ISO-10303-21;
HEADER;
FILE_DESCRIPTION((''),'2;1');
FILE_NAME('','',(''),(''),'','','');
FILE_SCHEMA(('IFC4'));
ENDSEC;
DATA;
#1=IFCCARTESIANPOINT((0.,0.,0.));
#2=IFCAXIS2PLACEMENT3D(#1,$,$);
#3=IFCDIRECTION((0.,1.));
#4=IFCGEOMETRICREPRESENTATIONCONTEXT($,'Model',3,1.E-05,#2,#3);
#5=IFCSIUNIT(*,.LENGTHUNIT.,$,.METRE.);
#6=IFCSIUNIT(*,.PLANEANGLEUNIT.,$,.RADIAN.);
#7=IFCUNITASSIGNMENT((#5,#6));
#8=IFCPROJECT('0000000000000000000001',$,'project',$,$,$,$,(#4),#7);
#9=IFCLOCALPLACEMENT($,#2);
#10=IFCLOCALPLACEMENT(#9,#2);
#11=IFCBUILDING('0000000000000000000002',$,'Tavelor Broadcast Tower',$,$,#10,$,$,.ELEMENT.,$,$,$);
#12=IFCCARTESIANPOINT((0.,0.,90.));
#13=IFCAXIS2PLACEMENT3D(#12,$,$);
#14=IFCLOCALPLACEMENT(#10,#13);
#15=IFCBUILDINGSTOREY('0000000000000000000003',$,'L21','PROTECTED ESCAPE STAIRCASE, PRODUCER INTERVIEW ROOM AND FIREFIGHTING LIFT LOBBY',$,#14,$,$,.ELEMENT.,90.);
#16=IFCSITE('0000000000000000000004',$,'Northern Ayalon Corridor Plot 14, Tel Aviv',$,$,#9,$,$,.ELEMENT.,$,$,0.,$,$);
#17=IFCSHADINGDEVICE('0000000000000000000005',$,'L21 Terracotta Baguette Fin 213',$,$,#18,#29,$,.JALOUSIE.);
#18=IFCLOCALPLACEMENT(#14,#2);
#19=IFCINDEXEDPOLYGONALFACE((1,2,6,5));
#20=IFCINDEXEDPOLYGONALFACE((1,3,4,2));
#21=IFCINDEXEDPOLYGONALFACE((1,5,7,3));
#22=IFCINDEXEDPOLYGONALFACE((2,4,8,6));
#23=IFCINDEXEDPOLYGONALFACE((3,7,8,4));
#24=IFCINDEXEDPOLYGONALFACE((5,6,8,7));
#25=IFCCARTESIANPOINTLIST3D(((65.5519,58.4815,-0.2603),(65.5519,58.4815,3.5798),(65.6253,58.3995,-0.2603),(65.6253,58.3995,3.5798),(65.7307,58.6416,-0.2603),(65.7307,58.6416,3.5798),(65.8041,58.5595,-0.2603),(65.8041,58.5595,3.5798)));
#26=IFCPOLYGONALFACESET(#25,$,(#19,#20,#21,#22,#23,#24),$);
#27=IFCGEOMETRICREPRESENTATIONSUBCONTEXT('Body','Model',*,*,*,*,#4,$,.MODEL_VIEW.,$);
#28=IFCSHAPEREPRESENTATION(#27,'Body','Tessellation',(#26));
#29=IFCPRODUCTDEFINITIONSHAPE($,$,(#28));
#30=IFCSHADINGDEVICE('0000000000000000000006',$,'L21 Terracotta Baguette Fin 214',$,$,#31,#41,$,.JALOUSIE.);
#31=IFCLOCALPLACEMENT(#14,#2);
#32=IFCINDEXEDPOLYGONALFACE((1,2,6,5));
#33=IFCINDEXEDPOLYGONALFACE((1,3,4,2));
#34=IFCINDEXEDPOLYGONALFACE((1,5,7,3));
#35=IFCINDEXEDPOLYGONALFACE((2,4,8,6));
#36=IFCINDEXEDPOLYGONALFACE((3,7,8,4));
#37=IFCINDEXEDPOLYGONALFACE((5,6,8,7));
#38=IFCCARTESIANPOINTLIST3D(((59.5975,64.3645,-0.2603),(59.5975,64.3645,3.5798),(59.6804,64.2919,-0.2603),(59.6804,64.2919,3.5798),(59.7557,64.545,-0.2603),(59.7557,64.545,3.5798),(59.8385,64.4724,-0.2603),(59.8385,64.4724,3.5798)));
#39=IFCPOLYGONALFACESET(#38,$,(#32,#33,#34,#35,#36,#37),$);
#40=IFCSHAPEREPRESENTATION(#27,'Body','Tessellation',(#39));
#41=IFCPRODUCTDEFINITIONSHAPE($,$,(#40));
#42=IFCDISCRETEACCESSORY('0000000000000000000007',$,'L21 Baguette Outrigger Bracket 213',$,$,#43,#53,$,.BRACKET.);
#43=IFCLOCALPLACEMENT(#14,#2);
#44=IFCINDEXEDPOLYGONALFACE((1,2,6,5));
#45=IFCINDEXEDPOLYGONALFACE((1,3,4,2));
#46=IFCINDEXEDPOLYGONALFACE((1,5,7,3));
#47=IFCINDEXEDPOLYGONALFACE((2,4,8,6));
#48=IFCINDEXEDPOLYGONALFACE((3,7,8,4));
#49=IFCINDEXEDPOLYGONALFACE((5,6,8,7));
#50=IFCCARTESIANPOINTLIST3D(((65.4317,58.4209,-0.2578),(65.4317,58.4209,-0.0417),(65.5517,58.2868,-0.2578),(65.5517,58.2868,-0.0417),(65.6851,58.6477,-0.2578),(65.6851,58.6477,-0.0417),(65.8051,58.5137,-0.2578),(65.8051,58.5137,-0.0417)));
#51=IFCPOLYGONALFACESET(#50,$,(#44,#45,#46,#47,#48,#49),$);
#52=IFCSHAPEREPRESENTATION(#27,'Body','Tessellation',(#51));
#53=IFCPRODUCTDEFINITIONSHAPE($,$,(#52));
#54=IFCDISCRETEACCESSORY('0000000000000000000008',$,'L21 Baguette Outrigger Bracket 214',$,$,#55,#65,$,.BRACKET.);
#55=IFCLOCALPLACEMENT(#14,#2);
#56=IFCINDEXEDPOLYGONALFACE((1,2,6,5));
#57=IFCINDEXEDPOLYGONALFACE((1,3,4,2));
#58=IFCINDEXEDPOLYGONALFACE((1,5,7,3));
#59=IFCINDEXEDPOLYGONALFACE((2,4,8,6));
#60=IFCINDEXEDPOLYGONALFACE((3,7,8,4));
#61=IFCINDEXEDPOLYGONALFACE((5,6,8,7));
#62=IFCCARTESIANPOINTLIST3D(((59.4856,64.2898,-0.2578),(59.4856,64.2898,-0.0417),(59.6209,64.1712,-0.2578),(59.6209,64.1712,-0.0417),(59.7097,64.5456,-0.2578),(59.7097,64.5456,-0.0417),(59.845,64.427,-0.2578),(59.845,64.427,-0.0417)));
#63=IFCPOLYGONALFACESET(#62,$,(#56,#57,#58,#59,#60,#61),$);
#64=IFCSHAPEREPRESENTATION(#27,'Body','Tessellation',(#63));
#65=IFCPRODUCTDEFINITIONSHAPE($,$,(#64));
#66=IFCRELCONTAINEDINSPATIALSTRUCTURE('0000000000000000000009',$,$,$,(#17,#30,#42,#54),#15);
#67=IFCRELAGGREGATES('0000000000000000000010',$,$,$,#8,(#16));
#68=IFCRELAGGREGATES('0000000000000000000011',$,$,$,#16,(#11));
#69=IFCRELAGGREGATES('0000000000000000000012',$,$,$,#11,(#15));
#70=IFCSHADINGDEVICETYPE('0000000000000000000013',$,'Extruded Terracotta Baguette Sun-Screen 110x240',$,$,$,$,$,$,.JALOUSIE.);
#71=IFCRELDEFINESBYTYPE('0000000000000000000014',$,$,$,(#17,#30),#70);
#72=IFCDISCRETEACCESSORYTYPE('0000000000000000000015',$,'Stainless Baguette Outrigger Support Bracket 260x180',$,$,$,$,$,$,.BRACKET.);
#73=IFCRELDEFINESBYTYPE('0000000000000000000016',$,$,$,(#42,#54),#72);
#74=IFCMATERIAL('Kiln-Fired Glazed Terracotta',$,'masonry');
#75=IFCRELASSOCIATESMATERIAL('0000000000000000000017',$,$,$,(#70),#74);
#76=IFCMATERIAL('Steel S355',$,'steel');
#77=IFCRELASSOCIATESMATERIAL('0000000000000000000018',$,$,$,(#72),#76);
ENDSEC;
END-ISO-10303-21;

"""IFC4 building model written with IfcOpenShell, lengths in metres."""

from ifc_helpers import new_model, si_unit, direction, frame, origin, origin_2d, place, context, subcontext, project, spatial, rectangle, extrude, source, transform, mapped, material, type_object, type_shapes, element, save


model = new_model("IFC4")

# Units and contexts
model_context = context("Model", 3, precision=1e-05, world=origin(), true_north=direction((0.0, 1.0)))
body_context = subcontext(model_context, "Body", "Model", "MODEL_VIEW")
ifc_project = project(units=[si_unit("LENGTHUNIT", "METRE"), si_unit("PLANEANGLEUNIT", "RADIAN")], contexts=[model_context])

# Site, building, storey
site_placement = place(None, origin())
site = spatial("IfcSite", under=ifc_project, at=site_placement, Name="Northern Ayalon Corridor Plot 14, Tel Aviv", CompositionType="ELEMENT", RefElevation=0.0)
building_placement = place(site_placement, origin())
building = spatial("IfcBuilding", under=site, at=building_placement, Name="Tavelor Broadcast Tower", CompositionType="ELEMENT")
storey_placement = place(building_placement, frame((0.0, 0.0, 90.0)))
storey = spatial("IfcBuildingStorey", under=building, at=storey_placement, Name="L21", Description="PROTECTED ESCAPE STAIRCASE, PRODUCER INTERVIEW ROOM AND FIREFIGHTING LIFT LOBBY", CompositionType="ELEMENT", Elevation=90.0)

# Shared definitions
ifc_material_1 = material(Name="Steel S355", Category="steel")

# Shading devices
ifc_material_2 = material(Name="Kiln-Fired Glazed Terracotta", Category="masonry")
shading_device_type = type_object("IfcShadingDeviceType", Name="Extruded Terracotta Baguette Sun-Screen 110x240", PredefinedType="JALOUSIE", material=ifc_material_2)
shared_shape_1 = source(origin(), body_context, "Body", "SweptSolid", [
    extrude(rectangle(XDim=0.1101, YDim=0.24, at=origin_2d()), origin(), (0.0, 0.0, 1.0), 3.8401),
])
type_shapes(shading_device_type, [shared_shape_1])
for number, where, z_axis, x_axis, name in (
    (1, (65.678, 58.5205, -0.2603), (0.0, 0.0, 1.0), (-0.666923, 0.745127, 0.0), "L21 Terracotta Baguette Fin 213"),
    (2, (59.718, 64.4185, -0.2603), (0.0, 0.0, 1.0), (-0.752185, 0.658952, 0.0), "L21 Terracotta Baguette Fin 214"),
):
    element("IfcShadingDevice", number, at=place(storey_placement, frame(where, z_axis=z_axis, x_axis=x_axis)), inside=storey, type_object=shading_device_type, Name=name, PredefinedType="JALOUSIE", context=body_context, shape_type="MappedRepresentation", body=[
        mapped(shared_shape_1, transform((0.0, 0.0, 0.0), scale=1.0)),
    ])

# Discrete accessories
discrete_accessory_type = type_object("IfcDiscreteAccessoryType", Name="Stainless Baguette Outrigger Support Bracket 260x180", PredefinedType="BRACKET", material=ifc_material_1)
shared_shape_2 = source(origin(), body_context, "Body", "SweptSolid", [
    extrude(rectangle(XDim=0.1799, YDim=0.3401, at=origin_2d()), origin(), (0.0, 0.0, 1.0), 0.2161),
])
type_shapes(discrete_accessory_type, [shared_shape_2])
for number, where, z_axis, x_axis, name in (
    (3, (65.6184, 58.4673, -0.2578), (0.0, 0.0, 1.0), (-0.666923, 0.745127, 0.0), "L21 Baguette Outrigger Bracket 213"),
    (4, (59.6653, 64.3584, -0.2578), (0.0, 0.0, 1.0), (-0.752185, 0.658952, 0.0), "L21 Baguette Outrigger Bracket 214"),
):
    element("IfcDiscreteAccessory", number, at=place(storey_placement, frame(where, z_axis=z_axis, x_axis=x_axis)), inside=storey, type_object=discrete_accessory_type, Name=name, PredefinedType="BRACKET", context=body_context, shape_type="MappedRepresentation", body=[
        mapped(shared_shape_2, transform((0.0, 0.0, 0.0), scale=1.0)),
    ])

save(model, "model.ifc")
